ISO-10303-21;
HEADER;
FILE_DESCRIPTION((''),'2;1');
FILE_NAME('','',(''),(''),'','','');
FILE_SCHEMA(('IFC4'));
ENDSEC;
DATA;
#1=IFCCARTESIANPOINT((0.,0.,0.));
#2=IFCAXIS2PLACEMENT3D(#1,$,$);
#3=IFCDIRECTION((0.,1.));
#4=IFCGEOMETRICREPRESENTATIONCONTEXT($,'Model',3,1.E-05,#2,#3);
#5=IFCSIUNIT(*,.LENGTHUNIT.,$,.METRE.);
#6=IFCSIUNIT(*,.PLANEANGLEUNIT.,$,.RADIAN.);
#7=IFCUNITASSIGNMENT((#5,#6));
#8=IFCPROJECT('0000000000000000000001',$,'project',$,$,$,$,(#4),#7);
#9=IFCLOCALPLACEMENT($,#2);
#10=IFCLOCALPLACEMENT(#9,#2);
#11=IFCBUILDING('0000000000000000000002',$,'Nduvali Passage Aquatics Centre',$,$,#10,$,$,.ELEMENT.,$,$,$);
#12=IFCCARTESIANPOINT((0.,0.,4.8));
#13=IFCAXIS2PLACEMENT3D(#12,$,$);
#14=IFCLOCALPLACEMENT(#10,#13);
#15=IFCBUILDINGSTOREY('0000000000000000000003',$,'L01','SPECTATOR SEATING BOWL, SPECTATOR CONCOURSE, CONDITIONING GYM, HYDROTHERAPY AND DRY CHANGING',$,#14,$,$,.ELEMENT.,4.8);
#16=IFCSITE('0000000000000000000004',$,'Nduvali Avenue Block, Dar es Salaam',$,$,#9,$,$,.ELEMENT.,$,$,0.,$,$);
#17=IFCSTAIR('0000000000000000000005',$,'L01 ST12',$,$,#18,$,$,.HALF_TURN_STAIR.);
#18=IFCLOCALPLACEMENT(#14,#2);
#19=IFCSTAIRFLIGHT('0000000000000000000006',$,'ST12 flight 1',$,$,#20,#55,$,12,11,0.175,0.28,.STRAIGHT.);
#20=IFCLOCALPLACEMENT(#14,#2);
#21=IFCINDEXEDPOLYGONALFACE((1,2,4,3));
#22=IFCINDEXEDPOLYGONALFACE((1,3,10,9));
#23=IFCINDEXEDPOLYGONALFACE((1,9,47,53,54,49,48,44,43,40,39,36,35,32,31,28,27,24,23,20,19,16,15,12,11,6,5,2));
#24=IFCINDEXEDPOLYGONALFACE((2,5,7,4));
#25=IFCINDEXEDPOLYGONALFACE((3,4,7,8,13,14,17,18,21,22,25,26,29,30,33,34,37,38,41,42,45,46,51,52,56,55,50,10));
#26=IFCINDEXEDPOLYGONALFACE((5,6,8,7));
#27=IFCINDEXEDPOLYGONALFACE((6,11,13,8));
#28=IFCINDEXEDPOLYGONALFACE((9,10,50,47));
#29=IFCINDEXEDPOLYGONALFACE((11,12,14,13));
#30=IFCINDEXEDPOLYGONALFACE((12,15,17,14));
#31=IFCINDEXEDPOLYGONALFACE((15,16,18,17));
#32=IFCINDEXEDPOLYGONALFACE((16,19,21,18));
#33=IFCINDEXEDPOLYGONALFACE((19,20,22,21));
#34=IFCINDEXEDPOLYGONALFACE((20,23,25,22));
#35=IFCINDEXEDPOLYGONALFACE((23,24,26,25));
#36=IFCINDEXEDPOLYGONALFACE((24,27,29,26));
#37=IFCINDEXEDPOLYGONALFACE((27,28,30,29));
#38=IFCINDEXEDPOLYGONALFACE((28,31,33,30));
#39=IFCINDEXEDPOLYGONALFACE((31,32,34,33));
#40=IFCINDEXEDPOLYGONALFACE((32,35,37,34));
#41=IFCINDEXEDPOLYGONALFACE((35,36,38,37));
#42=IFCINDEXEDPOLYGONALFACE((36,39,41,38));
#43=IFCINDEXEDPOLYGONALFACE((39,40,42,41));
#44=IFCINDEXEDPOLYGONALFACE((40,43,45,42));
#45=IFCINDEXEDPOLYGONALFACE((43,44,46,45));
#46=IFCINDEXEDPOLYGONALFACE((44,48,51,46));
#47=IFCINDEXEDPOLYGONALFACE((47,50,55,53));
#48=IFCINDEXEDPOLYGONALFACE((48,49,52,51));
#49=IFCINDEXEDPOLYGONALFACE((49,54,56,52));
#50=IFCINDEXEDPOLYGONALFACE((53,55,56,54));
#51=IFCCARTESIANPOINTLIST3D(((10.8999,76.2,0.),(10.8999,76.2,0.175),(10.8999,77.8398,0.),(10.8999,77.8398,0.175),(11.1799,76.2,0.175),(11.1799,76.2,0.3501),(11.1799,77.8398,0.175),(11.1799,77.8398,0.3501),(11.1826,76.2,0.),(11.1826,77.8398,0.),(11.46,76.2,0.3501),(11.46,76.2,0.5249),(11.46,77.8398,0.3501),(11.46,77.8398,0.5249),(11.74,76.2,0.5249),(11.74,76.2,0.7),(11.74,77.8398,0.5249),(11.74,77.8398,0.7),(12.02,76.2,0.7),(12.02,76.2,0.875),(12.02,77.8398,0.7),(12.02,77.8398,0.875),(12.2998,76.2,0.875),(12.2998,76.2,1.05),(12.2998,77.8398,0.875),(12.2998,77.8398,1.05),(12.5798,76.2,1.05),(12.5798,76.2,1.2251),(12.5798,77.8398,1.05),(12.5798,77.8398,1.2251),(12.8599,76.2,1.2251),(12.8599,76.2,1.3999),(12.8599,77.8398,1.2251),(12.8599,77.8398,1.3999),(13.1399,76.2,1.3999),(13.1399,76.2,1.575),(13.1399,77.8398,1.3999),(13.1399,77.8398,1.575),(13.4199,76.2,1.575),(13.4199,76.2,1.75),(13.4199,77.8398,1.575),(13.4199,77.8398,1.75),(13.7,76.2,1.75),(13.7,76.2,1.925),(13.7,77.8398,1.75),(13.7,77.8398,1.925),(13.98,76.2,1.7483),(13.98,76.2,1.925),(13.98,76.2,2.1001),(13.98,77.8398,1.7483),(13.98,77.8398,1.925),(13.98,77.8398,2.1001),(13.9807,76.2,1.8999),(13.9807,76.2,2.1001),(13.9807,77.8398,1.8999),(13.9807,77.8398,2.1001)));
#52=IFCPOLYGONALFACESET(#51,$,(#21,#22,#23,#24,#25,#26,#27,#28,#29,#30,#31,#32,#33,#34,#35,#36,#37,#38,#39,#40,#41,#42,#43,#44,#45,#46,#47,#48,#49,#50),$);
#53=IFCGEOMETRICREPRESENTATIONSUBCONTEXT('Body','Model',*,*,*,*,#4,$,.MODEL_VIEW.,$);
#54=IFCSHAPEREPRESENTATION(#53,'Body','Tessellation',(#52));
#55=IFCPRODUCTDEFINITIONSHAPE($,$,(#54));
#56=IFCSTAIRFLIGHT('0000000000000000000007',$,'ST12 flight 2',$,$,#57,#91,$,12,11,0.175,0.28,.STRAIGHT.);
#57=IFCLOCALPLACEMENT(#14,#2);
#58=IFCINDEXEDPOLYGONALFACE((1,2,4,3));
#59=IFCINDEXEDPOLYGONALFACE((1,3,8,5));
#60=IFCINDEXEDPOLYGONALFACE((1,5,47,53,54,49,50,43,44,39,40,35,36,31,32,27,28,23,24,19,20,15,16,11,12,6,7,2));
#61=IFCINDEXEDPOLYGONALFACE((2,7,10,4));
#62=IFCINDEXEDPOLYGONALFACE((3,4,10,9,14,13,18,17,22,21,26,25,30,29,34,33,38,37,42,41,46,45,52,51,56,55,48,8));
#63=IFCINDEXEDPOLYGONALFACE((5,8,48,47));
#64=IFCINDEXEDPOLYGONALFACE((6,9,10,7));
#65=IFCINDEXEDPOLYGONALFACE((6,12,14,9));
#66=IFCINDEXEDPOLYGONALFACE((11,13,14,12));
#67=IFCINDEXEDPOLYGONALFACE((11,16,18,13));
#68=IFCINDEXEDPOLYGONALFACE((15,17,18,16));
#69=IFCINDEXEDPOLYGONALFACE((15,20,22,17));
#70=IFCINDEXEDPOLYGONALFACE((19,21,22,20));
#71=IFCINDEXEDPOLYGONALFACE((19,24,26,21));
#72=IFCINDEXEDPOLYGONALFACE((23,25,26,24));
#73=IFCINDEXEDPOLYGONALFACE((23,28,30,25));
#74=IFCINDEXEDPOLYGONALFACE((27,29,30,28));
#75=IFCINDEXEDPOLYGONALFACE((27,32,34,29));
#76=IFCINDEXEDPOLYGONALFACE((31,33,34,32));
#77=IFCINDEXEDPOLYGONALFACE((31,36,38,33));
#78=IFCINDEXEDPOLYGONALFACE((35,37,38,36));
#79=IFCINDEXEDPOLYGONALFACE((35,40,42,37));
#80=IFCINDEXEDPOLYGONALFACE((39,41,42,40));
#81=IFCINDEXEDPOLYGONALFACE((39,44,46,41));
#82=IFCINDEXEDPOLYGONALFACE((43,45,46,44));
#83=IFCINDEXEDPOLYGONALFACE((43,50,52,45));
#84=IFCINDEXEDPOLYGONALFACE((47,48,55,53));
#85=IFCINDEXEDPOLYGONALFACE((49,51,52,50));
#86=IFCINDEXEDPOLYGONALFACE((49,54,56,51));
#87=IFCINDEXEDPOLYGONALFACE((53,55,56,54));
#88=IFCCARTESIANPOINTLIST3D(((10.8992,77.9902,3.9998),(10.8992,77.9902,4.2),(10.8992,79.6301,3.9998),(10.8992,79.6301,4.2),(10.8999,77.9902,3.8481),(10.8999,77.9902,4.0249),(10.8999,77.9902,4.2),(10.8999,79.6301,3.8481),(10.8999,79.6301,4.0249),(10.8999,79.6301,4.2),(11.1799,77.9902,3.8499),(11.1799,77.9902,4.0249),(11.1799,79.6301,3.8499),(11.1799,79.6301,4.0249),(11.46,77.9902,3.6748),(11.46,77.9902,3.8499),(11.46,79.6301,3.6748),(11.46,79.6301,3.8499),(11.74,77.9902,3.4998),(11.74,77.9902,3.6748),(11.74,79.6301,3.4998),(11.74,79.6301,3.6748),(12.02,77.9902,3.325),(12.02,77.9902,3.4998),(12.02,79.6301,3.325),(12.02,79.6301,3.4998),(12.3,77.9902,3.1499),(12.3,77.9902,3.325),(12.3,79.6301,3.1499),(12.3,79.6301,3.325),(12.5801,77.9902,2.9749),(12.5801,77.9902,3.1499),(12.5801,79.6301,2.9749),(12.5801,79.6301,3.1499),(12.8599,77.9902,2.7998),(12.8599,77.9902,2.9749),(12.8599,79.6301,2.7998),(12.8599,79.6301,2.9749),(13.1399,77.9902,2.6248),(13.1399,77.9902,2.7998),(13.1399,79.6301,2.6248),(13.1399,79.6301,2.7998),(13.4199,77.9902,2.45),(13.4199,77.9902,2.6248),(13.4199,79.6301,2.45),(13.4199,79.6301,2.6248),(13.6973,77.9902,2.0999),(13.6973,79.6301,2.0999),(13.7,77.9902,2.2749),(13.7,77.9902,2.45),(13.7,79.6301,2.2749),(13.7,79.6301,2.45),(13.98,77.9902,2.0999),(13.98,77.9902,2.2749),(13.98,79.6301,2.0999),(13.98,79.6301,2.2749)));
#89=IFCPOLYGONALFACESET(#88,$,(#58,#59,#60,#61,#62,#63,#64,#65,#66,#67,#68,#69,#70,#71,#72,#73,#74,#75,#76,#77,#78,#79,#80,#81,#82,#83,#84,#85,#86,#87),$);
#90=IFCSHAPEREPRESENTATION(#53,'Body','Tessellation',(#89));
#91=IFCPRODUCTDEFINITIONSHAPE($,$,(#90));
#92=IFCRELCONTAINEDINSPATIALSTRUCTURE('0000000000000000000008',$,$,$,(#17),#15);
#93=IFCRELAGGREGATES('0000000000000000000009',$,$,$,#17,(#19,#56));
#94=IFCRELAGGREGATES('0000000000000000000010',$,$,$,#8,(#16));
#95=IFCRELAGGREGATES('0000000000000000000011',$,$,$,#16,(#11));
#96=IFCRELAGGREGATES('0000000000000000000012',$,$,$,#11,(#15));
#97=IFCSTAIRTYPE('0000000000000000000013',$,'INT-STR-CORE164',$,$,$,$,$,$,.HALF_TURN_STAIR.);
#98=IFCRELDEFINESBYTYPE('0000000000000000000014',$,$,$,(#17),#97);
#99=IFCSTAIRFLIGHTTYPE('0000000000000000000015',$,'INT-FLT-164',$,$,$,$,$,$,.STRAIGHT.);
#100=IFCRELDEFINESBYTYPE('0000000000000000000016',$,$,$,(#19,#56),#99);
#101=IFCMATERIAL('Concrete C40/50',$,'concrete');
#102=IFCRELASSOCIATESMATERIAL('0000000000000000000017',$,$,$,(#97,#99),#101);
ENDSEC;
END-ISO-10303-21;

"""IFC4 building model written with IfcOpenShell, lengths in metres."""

from ifc_helpers import new_model, si_unit, direction, frame, origin, place, context, subcontext, project, spatial, polyline, outline, extrude, material, type_object, element, aggregate, save


model = new_model("IFC4")

# Units and contexts
model_context = context("Model", 3, precision=1e-05, world=origin(), true_north=direction((0.0, 1.0)))
body_context = subcontext(model_context, "Body", "Model", "MODEL_VIEW")
ifc_project = project(units=[si_unit("LENGTHUNIT", "METRE"), si_unit("PLANEANGLEUNIT", "RADIAN")], contexts=[model_context])

# Site, building, storey
site_placement = place(None, origin())
site = spatial("IfcSite", under=ifc_project, at=site_placement, Name="Nduvali Avenue Block, Dar es Salaam", CompositionType="ELEMENT", RefElevation=0.0)
building_placement = place(site_placement, origin())
building = spatial("IfcBuilding", under=site, at=building_placement, Name="Nduvali Passage Aquatics Centre", CompositionType="ELEMENT")
storey_placement = place(building_placement, frame((0.0, 0.0, 4.8)))
storey = spatial("IfcBuildingStorey", under=building, at=storey_placement, Name="L01", Description="SPECTATOR SEATING BOWL, SPECTATOR CONCOURSE, CONDITIONING GYM, HYDROTHERAPY AND DRY CHANGING", CompositionType="ELEMENT", Elevation=4.8)

# Shared definitions
ifc_material_1 = material(Name="Concrete C40/50", Category="concrete")

# Stair, stair flights
stair_type = type_object("IfcStairType", Name="INT-STR-CORE164", PredefinedType="HALF_TURN_STAIR", material=ifc_material_1)
stair_placement = place(storey_placement, origin())
stair = element("IfcStair", 1, at=stair_placement, inside=storey, type_object=stair_type, Name="L01 ST12", PredefinedType="HALF_TURN_STAIR")
stair_flight_type = type_object("IfcStairFlightType", Name="INT-FLT-164", PredefinedType="STRAIGHT", material=ifc_material_1)
stair_flight_1_placement = place(storey_placement, frame((10.8999, 77.02, 0.0), z_axis=(0.0, 0.0, 1.0), x_axis=(1.0, 0.0, 0.0)))
stair_flight_1 = element("IfcStairFlight", 2, at=stair_flight_1_placement, type_object=stair_flight_type, Name="ST12 flight 1", NumberOfRisers=12, NumberOfTreads=11, PredefinedType="STRAIGHT", RiserHeight=0.175, TreadLength=0.28, context=body_context, shape_type="SweptSolid", body=[
    extrude(outline(polyline([(0.0, 0.0), (0.0, 0.175), (0.28, 0.175), (0.28, 0.3501), (0.5601, 0.3501), (0.5601, 0.5249), (0.8401, 0.5249), (0.8401, 0.7), (1.1201, 0.7), (1.1201, 0.875), (1.3999, 0.875), (1.3999, 1.05), (1.6799, 1.05), (1.6799, 1.2251), (1.96, 1.2251), (1.96, 1.3999), (2.24, 1.3999), (2.24, 1.575), (2.52, 1.575), (2.52, 1.75), (2.8, 1.75), (2.8, 1.925), (3.0801, 1.925), (3.0801, 2.1001), (3.0808, 2.1001), (3.0808, 1.8999), (3.0801, 1.7483), (0.2827, 0.0), (0.0, 0.0)])), frame((0.0, 0.8198, 0.0), z_axis=(0.0, -1.0, 0.0), x_axis=(1.0, 0.0, 0.0)), (0.0, 0.0, 1.0), 1.6399),
])
stair_flight_2_placement = place(storey_placement, frame((13.98, 78.8101, 2.0999), z_axis=(0.0, 0.0, 1.0), x_axis=(-1.0, 0.0, 0.0)))
stair_flight_2 = element("IfcStairFlight", 3, at=stair_flight_2_placement, type_object=stair_flight_type, Name="ST12 flight 2", NumberOfRisers=12, NumberOfTreads=11, PredefinedType="STRAIGHT", RiserHeight=0.175, TreadLength=0.28, context=body_context, shape_type="SweptSolid", body=[
    extrude(outline(polyline([(0.0, 0.0), (0.0, 0.175), (0.28, 0.175), (0.28, 0.3501), (0.5601, 0.3501), (0.5601, 0.5249), (0.8401, 0.5249), (0.8401, 0.7), (1.1201, 0.7), (1.1201, 0.875), (1.3999, 0.875), (1.3999, 1.05), (1.6799, 1.05), (1.6799, 1.2251), (1.96, 1.2251), (1.96, 1.3999), (2.24, 1.3999), (2.24, 1.575), (2.52, 1.575), (2.52, 1.75), (2.8, 1.75), (2.8, 1.925), (3.0801, 1.925), (3.0801, 2.1001), (3.0808, 2.1001), (3.0808, 1.8999), (3.0801, 1.7483), (0.2827, 0.0), (0.0, 0.0)])), frame((0.0, 0.8198, 0.0), z_axis=(0.0, -1.0, 0.0), x_axis=(1.0, 0.0, 0.0)), (0.0, 0.0, 1.0), 1.6399),
])
aggregate(stair, [stair_flight_1, stair_flight_2])

save(model, "model.ifc")
